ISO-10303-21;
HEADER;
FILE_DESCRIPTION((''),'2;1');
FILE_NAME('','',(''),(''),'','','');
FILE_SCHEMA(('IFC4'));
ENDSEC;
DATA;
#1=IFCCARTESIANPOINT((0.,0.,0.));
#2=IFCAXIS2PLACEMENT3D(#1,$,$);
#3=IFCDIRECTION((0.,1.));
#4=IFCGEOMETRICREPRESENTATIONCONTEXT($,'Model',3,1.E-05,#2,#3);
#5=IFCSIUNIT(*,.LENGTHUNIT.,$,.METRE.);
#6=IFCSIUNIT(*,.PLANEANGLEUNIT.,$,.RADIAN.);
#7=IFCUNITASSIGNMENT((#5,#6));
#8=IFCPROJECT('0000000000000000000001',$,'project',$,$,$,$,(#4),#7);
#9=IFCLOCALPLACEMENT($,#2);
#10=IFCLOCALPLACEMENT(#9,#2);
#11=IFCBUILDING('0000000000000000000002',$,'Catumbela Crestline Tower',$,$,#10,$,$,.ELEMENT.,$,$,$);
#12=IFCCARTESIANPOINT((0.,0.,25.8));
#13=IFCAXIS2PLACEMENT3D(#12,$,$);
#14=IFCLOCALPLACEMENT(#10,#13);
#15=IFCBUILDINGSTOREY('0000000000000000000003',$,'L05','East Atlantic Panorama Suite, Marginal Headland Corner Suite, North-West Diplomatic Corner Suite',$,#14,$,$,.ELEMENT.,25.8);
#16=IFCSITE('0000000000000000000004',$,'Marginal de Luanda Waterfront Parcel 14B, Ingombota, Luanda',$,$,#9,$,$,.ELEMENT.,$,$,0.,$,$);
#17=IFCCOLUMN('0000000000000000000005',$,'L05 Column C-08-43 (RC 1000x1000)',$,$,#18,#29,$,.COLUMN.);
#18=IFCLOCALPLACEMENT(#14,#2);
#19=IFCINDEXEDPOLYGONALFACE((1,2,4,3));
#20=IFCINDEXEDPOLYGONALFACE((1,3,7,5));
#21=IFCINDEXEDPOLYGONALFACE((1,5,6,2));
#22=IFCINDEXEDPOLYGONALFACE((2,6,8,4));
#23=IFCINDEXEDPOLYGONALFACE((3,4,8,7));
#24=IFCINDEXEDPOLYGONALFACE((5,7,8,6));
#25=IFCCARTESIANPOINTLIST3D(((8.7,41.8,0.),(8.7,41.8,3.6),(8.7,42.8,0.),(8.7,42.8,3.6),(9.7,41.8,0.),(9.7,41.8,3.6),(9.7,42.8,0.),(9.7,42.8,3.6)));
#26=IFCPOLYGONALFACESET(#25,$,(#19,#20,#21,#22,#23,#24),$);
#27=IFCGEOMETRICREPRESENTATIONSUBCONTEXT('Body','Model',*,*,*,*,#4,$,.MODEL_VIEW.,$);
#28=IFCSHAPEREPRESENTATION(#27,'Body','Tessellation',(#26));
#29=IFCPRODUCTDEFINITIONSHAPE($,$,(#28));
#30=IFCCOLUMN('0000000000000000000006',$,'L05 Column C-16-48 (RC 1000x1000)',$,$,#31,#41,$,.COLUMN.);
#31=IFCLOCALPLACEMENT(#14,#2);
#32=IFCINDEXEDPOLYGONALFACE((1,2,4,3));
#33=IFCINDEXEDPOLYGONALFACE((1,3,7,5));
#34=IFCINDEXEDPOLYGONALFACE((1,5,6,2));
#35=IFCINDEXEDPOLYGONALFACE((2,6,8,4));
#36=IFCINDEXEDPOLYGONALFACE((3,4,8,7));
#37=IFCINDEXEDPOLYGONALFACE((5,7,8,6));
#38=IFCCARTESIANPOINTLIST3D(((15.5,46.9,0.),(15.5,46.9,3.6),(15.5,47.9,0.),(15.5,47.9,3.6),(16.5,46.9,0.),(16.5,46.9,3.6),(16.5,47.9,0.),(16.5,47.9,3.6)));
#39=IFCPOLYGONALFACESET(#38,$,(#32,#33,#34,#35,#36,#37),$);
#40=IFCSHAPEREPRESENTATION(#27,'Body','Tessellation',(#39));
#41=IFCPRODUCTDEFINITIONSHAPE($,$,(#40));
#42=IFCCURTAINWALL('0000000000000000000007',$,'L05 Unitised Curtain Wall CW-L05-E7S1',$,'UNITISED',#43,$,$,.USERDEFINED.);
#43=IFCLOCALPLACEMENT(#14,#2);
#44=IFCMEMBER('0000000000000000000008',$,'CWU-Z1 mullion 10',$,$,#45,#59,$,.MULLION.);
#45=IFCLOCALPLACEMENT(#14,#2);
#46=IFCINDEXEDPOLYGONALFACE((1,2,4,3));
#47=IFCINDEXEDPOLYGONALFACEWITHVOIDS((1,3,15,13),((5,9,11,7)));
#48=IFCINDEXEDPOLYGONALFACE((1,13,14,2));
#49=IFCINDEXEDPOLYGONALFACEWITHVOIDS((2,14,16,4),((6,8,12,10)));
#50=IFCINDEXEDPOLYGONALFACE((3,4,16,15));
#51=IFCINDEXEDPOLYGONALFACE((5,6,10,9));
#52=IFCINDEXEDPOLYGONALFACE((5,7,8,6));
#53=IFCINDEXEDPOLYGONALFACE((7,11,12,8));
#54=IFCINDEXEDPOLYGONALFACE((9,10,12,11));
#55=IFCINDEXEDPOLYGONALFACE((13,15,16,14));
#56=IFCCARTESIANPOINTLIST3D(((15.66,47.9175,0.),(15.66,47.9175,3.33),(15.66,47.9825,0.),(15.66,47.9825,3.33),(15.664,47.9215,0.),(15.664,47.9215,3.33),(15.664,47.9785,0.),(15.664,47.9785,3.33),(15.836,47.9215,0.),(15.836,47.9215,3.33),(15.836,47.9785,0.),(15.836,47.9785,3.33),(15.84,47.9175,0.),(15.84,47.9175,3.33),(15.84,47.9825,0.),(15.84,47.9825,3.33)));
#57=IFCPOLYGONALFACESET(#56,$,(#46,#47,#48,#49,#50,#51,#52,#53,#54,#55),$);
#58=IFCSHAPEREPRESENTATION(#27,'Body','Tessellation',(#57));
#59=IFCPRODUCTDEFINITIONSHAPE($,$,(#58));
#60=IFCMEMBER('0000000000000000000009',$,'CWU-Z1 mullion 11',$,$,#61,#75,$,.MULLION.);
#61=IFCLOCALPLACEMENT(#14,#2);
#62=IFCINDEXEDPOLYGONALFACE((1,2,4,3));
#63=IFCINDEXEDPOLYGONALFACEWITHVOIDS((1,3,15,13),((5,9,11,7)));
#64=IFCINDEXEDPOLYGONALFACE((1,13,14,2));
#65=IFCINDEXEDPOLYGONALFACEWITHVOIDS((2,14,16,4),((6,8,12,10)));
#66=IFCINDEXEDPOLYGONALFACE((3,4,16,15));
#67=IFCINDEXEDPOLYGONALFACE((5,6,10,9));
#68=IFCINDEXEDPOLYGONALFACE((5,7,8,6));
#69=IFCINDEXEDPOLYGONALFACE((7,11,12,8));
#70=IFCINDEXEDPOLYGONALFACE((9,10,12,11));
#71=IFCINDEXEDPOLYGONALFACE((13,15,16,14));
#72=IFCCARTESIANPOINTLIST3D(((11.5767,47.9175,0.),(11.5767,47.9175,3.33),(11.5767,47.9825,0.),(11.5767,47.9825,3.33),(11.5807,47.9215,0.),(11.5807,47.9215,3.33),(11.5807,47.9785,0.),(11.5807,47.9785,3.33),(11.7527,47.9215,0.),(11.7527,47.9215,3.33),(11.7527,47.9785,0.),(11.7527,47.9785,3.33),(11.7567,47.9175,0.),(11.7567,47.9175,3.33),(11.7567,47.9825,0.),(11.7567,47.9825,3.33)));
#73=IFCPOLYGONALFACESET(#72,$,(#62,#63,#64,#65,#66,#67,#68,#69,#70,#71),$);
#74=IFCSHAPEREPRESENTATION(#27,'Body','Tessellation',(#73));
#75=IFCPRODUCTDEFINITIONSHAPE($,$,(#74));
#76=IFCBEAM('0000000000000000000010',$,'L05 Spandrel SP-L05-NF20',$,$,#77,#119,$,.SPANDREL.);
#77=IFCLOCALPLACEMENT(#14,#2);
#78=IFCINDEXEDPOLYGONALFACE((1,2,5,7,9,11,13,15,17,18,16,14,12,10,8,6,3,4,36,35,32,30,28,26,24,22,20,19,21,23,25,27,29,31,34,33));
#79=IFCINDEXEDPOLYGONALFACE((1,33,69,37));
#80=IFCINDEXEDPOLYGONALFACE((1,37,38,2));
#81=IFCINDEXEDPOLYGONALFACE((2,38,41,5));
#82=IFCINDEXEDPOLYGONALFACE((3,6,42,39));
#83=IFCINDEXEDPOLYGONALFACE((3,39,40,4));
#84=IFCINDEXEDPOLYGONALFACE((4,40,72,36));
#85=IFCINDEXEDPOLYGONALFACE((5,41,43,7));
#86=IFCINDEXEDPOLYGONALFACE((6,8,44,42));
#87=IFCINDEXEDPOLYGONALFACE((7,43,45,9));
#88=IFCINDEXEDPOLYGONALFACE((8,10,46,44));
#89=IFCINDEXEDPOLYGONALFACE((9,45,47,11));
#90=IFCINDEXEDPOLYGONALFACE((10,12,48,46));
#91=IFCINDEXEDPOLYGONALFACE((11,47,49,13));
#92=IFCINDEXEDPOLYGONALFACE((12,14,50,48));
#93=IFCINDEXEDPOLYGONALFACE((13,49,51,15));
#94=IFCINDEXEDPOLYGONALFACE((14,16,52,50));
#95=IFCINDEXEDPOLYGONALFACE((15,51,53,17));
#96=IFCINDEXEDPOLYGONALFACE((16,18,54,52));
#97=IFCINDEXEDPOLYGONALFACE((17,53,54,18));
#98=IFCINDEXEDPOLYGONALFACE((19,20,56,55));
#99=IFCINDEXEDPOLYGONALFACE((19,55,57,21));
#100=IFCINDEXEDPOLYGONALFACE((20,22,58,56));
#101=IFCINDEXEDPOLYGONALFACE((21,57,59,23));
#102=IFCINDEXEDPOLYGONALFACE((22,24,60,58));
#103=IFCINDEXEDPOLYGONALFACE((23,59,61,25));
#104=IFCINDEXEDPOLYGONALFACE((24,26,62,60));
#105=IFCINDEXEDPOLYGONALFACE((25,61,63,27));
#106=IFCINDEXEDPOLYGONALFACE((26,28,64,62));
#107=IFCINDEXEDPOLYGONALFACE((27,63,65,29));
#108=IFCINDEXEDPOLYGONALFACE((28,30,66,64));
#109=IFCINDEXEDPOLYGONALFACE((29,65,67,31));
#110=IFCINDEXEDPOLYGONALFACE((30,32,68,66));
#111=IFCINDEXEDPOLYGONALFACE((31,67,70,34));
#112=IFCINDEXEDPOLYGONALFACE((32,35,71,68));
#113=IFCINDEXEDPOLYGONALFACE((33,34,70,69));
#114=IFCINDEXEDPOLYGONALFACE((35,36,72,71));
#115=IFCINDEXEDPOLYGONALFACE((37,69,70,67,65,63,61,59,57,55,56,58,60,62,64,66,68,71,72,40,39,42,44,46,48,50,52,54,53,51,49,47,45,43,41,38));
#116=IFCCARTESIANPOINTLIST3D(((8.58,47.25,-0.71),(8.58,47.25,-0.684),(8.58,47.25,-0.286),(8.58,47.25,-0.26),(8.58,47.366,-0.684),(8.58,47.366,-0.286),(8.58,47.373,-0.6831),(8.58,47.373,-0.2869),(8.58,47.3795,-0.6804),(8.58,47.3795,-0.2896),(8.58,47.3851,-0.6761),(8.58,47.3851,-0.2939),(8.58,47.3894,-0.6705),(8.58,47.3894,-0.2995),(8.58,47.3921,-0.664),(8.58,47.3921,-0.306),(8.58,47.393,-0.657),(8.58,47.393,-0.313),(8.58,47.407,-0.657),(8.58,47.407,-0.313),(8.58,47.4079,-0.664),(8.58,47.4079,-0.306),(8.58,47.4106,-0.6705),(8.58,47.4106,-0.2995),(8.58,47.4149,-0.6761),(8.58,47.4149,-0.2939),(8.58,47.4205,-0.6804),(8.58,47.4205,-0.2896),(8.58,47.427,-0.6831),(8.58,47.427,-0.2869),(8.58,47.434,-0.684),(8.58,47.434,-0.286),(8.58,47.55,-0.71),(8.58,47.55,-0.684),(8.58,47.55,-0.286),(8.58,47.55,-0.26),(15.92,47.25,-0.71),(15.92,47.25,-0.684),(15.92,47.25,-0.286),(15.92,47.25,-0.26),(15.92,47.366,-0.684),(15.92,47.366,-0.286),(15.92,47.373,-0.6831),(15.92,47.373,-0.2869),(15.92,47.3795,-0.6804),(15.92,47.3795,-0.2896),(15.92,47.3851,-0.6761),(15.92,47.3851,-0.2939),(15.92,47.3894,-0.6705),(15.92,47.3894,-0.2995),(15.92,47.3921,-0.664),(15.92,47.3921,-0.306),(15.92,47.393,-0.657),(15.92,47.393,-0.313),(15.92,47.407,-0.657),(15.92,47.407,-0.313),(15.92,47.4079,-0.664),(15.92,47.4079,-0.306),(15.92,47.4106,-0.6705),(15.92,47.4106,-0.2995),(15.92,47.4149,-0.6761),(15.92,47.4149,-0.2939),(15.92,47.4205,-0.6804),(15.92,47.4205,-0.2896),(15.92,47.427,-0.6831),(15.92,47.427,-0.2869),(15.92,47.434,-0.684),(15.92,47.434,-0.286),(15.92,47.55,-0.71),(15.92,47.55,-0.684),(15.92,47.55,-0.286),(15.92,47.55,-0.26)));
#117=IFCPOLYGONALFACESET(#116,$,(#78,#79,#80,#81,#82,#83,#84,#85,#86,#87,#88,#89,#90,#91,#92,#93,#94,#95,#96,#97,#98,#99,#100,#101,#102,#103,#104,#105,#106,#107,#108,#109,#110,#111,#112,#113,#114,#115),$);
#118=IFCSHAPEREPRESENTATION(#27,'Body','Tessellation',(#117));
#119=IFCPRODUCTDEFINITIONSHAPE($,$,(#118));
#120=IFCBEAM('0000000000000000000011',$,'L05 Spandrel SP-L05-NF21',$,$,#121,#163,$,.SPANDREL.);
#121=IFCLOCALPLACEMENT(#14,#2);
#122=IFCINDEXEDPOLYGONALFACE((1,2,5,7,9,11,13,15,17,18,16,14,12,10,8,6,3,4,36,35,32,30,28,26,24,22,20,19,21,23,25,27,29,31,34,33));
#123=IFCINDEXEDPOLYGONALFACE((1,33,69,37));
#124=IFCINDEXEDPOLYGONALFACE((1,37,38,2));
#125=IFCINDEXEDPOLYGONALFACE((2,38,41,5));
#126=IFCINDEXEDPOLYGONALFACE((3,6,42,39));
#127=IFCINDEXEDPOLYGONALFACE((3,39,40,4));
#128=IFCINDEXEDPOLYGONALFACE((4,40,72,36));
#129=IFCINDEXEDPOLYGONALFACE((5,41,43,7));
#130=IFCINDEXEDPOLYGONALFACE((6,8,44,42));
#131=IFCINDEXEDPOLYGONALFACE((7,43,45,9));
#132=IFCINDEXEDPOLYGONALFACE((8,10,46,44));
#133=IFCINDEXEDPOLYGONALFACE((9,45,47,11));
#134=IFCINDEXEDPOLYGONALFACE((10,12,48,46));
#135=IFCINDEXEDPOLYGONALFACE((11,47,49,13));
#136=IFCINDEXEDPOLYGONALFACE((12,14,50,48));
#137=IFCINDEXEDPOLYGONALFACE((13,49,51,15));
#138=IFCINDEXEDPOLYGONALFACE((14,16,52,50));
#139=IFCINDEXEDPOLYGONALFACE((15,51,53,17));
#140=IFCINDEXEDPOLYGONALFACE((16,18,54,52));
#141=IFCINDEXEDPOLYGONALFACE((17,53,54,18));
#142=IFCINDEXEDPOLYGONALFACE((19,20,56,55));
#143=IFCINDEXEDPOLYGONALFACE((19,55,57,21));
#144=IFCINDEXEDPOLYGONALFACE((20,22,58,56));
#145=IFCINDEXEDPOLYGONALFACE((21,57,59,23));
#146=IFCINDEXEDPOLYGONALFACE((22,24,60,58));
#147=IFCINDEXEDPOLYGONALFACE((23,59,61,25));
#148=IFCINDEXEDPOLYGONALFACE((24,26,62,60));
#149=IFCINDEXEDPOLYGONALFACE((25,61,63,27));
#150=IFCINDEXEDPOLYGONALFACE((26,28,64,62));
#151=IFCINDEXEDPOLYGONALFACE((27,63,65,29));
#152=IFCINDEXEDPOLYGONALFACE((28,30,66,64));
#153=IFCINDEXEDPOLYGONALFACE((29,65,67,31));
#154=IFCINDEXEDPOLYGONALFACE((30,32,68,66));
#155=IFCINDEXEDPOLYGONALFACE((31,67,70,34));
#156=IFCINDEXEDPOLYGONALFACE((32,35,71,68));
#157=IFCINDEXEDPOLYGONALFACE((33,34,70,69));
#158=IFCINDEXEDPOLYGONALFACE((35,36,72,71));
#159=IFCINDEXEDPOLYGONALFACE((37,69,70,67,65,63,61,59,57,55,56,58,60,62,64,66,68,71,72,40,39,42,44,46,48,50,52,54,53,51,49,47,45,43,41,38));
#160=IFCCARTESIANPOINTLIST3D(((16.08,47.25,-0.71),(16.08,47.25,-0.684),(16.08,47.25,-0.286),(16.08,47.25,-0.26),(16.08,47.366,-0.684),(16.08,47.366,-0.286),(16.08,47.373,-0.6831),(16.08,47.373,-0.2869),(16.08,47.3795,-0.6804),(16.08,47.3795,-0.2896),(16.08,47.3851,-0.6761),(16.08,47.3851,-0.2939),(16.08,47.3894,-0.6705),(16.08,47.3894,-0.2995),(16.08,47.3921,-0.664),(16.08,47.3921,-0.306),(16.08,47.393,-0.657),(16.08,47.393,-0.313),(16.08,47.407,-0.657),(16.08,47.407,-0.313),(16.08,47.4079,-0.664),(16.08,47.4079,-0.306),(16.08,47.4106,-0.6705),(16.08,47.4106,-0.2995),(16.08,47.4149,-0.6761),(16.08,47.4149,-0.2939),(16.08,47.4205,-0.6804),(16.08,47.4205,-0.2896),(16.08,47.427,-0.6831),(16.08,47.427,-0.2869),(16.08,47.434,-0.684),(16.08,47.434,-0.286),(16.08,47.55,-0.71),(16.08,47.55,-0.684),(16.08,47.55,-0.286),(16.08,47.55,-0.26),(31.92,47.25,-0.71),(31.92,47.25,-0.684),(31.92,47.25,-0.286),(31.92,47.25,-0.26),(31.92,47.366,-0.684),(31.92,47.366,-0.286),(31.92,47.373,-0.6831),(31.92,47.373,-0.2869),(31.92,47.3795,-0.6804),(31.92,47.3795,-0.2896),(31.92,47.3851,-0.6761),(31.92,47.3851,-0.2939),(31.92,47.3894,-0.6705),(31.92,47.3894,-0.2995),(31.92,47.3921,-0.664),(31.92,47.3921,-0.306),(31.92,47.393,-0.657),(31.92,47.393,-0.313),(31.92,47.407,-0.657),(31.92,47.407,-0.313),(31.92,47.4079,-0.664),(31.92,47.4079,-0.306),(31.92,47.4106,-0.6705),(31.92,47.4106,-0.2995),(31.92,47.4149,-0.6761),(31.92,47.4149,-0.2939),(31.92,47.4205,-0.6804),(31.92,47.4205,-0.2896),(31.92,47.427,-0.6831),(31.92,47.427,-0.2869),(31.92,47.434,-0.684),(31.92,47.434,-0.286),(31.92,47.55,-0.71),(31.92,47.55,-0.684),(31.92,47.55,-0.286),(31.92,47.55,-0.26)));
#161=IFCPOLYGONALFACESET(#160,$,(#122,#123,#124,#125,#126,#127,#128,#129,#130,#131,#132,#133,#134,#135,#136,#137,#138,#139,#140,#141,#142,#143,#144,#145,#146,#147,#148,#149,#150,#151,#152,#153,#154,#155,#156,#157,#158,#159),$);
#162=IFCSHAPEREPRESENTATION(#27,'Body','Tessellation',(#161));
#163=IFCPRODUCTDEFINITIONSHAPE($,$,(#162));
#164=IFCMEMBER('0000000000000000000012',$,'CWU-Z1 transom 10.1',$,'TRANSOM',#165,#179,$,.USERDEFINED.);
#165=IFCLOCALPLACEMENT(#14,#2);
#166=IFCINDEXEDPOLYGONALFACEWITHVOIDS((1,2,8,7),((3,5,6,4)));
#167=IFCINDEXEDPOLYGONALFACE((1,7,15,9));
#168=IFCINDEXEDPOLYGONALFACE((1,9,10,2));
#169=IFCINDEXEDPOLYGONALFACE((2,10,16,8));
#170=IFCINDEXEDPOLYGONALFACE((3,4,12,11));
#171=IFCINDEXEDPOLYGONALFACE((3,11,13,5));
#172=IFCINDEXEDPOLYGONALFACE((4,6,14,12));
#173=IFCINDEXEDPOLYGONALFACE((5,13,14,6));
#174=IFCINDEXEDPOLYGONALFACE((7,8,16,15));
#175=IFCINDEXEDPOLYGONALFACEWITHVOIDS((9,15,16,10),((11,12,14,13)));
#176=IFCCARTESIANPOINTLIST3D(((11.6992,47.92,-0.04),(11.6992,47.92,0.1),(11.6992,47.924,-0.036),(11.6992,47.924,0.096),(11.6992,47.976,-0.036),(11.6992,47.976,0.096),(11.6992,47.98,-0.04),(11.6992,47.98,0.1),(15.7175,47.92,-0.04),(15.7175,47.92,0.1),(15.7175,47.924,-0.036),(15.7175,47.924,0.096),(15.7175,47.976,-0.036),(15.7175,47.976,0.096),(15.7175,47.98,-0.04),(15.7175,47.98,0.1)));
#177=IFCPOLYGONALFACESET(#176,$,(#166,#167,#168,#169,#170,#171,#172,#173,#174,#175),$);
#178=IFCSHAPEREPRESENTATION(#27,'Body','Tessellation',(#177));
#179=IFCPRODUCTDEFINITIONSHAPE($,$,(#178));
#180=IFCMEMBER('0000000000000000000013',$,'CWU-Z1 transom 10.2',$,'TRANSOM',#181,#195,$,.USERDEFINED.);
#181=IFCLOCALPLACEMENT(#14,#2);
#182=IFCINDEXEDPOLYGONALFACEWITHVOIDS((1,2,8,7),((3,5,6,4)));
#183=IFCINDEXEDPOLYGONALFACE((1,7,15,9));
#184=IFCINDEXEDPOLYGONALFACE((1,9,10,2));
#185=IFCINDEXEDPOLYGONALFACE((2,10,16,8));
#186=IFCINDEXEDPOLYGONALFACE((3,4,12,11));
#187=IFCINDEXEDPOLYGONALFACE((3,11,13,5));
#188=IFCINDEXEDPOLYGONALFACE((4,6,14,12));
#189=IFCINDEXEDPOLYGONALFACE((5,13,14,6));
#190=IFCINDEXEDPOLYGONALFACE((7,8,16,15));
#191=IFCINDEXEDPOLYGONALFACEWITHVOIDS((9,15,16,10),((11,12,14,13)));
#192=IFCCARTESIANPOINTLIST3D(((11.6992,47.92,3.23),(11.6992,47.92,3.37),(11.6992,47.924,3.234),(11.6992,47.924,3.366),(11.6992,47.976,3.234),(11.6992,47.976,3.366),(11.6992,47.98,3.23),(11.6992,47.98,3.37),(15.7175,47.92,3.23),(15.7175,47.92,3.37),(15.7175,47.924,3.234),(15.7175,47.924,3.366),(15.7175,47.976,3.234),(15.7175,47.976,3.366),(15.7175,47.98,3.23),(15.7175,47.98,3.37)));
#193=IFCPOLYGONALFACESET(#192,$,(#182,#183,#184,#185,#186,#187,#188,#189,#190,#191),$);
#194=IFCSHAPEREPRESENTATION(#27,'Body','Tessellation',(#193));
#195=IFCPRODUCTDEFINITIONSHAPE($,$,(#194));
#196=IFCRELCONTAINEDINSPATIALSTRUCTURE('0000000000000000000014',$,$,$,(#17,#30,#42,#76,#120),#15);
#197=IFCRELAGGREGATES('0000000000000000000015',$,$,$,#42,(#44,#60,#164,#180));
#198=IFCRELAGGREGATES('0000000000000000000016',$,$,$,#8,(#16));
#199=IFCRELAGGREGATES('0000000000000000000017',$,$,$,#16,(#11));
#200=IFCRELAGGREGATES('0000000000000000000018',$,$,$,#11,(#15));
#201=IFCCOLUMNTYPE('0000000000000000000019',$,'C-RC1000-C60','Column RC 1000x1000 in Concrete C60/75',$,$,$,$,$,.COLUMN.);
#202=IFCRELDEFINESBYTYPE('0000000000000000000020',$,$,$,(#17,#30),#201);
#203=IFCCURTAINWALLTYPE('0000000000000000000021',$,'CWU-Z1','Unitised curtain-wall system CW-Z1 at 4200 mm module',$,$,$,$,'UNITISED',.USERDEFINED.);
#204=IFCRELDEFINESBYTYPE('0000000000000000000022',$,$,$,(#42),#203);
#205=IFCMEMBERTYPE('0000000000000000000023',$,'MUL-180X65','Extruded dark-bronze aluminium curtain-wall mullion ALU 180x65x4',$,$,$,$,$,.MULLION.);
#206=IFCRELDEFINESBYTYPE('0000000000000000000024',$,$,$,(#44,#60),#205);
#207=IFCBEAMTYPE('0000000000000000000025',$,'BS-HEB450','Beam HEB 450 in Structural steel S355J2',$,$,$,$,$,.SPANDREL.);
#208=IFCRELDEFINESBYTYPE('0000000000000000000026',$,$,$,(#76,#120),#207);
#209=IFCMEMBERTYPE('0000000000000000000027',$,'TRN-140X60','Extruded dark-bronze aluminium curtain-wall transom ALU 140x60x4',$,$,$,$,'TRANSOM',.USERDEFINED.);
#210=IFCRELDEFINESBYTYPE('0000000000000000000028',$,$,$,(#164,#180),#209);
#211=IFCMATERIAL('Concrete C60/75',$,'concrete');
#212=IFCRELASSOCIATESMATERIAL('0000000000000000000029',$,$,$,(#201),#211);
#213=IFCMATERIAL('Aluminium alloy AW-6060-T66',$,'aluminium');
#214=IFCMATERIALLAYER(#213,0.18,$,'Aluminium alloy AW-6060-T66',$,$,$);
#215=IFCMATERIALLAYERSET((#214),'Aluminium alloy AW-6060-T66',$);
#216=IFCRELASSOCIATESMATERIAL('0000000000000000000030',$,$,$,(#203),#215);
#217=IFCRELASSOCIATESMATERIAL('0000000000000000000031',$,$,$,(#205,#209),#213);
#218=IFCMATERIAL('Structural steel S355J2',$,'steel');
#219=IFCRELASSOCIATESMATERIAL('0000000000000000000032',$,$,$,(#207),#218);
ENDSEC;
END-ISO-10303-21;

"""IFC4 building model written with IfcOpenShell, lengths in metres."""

from ifc_helpers import new_model, si_unit, direction, frame, origin, origin_2d, place, context, subcontext, project, spatial, rectangle, hollow_rectangle, i_section, extrude, material, layer, layer_set, material_profile, profile_set, type_object, element, aggregate, save


model = new_model("IFC4")

# Units and contexts
model_context = context("Model", 3, precision=1e-05, world=origin(), true_north=direction((0.0, 1.0)))
body_context = subcontext(model_context, "Body", "Model", "MODEL_VIEW")
ifc_project = project(units=[si_unit("LENGTHUNIT", "METRE"), si_unit("PLANEANGLEUNIT", "RADIAN")], contexts=[model_context])

# Site, building, storey
site_placement = place(None, origin())
site = spatial("IfcSite", under=ifc_project, at=site_placement, Name="Marginal de Luanda Waterfront Parcel 14B, Ingombota, Luanda", CompositionType="ELEMENT", RefElevation=0.0)
building_placement = place(site_placement, origin())
building = spatial("IfcBuilding", under=site, at=building_placement, Name="Catumbela Crestline Tower", CompositionType="ELEMENT")
storey_placement = place(building_placement, frame((0.0, 0.0, 25.8)))
storey = spatial("IfcBuildingStorey", under=building, at=storey_placement, Name="L05", Description="East Atlantic Panorama Suite, Marginal Headland Corner Suite, North-West Diplomatic Corner Suite", CompositionType="ELEMENT", Elevation=25.8)

# Columns
ifc_material_1 = material(Name="Concrete C60/75", Category="concrete")
ifc_material_profile_1 = material_profile(ifc_material_1, rectangle(XDim=1.0, YDim=1.0, at=origin_2d()), Name="RC 1000x1000")
ifc_profile_set_1 = profile_set([ifc_material_profile_1], Name="Concrete C60/75")
column_type = type_object("IfcColumnType", Name="C-RC1000-C60", Description="Column RC 1000x1000 in Concrete C60/75", PredefinedType="COLUMN", material=ifc_profile_set_1)
for number, where, z_axis, x_axis, name in (
    (1, (9.2, 42.3, 0.0), (0.0, 0.0, 1.0), (1.0, 0.0, 0.0), "L05 Column C-08-43 (RC 1000x1000)"),
    (2, (16.0, 47.4, 0.0), (0.0, 0.0, 1.0), (1.0, 0.0, 0.0), "L05 Column C-16-48 (RC 1000x1000)"),
):
    element("IfcColumn", number, at=place(storey_placement, frame(where, z_axis=z_axis, x_axis=x_axis)), inside=storey, type_object=column_type, Name=name, PredefinedType="COLUMN", context=body_context, shape_type="SweptSolid", body=[
        extrude(rectangle(XDim=1.0, YDim=1.0, at=origin_2d()), origin(), (0.0, 0.0, 1.0), 3.6),
    ])

# Curtain wall, members
ifc_material_2 = material(Name="Aluminium alloy AW-6060-T66", Category="aluminium")
ifc_layer_1 = layer(ifc_material_2, 0.18, Name="Aluminium alloy AW-6060-T66")
ifc_layer_set_1 = layer_set([ifc_layer_1], Name="Aluminium alloy AW-6060-T66")
curtain_wall_type = type_object("IfcCurtainWallType", Name="CWU-Z1", Description="Unitised curtain-wall system CW-Z1 at 4200 mm module", ElementType="UNITISED", PredefinedType="USERDEFINED", material=ifc_layer_set_1)
curtain_wall_placement = place(storey_placement, origin())
curtain_wall = element("IfcCurtainWall", 3, at=curtain_wall_placement, inside=storey, type_object=curtain_wall_type, Name="L05 Unitised Curtain Wall CW-L05-E7S1", ObjectType="UNITISED", PredefinedType="USERDEFINED")
ifc_material_profile_2 = material_profile(ifc_material_2, hollow_rectangle(XDim=0.065, YDim=0.18, WallThickness=0.004, at=origin_2d()), Name="ALU 180x65x4")
ifc_profile_set_2 = profile_set([ifc_material_profile_2], Name="Aluminium alloy AW-6060-T66")
member_type_1 = type_object("IfcMemberType", Name="MUL-180X65", Description="Extruded dark-bronze aluminium curtain-wall mullion ALU 180x65x4", PredefinedType="MULLION", material=ifc_profile_set_2)
member_1_placement = place(storey_placement, frame((15.75, 47.95, 0.0), z_axis=(0.0, 0.0, 1.0), x_axis=(0.0, -1.0, 0.0)))
member_1 = element("IfcMember", 4, at=member_1_placement, type_object=member_type_1, Name="CWU-Z1 mullion 10", PredefinedType="MULLION", context=body_context, shape_type="SweptSolid", body=[
    extrude(hollow_rectangle(XDim=0.065, YDim=0.18, WallThickness=0.004, at=origin_2d()), origin(), (0.0, 0.0, 1.0), 3.33),
])
member_2_placement = place(storey_placement, frame((11.6667, 47.95, 0.0), z_axis=(0.0, 0.0, 1.0), x_axis=(0.0, -1.0, 0.0)))
member_2 = element("IfcMember", 5, at=member_2_placement, type_object=member_type_1, Name="CWU-Z1 mullion 11", PredefinedType="MULLION", context=body_context, shape_type="SweptSolid", body=[
    extrude(hollow_rectangle(XDim=0.065, YDim=0.18, WallThickness=0.004, at=origin_2d()), origin(), (0.0, 0.0, 1.0), 3.33),
])

# Beams
ifc_material_3 = material(Name="Structural steel S355J2", Category="steel")
ifc_material_profile_3 = material_profile(ifc_material_3, i_section(OverallWidth=0.3, OverallDepth=0.45, WebThickness=0.014, FlangeThickness=0.026, FilletRadius=0.027, at=origin_2d()), Name="HEB 450")
ifc_profile_set_3 = profile_set([ifc_material_profile_3], Name="Structural steel S355J2")
beam_type = type_object("IfcBeamType", Name="BS-HEB450", Description="Beam HEB 450 in Structural steel S355J2", PredefinedType="SPANDREL", material=ifc_profile_set_3)
beam_1_placement = place(storey_placement, frame((8.58, 47.4, -0.485), z_axis=(1.0, 0.0, 0.0), x_axis=(0.0, 1.0, 0.0)))
element("IfcBeam", 6, at=beam_1_placement, inside=storey, type_object=beam_type, Name="L05 Spandrel SP-L05-NF20", PredefinedType="SPANDREL", context=body_context, shape_type="SweptSolid", body=[
    extrude(i_section(OverallWidth=0.3, OverallDepth=0.45, WebThickness=0.014, FlangeThickness=0.026, FilletRadius=0.027, at=origin_2d()), origin(), (0.0, 0.0, 1.0), 7.34),
])
beam_2_placement = place(storey_placement, frame((16.08, 47.4, -0.485), z_axis=(1.0, 0.0, 0.0), x_axis=(0.0, 1.0, 0.0)))
element("IfcBeam", 7, at=beam_2_placement, inside=storey, type_object=beam_type, Name="L05 Spandrel SP-L05-NF21", PredefinedType="SPANDREL", context=body_context, shape_type="SweptSolid", body=[
    extrude(i_section(OverallWidth=0.3, OverallDepth=0.45, WebThickness=0.014, FlangeThickness=0.026, FilletRadius=0.027, at=origin_2d()), origin(), (0.0, 0.0, 1.0), 15.84),
])

# Members
ifc_material_profile_4 = material_profile(ifc_material_2, hollow_rectangle(XDim=0.06, YDim=0.14, WallThickness=0.004, at=origin_2d()), Name="ALU 140x60x4")
ifc_profile_set_4 = profile_set([ifc_material_profile_4], Name="Aluminium alloy AW-6060-T66")
member_type_2 = type_object("IfcMemberType", Name="TRN-140X60", Description="Extruded dark-bronze aluminium curtain-wall transom ALU 140x60x4", ElementType="TRANSOM", PredefinedType="USERDEFINED", material=ifc_profile_set_4)
member_3_placement = place(storey_placement, frame((15.7175, 47.95, 0.03), z_axis=(-1.0, 0.0, 0.0), x_axis=(0.0, -1.0, 0.0)))
member_3 = element("IfcMember", 8, at=member_3_placement, type_object=member_type_2, Name="CWU-Z1 transom 10.1", ObjectType="TRANSOM", PredefinedType="USERDEFINED", context=body_context, shape_type="SweptSolid", body=[
    extrude(hollow_rectangle(XDim=0.06, YDim=0.14, WallThickness=0.004, at=origin_2d()), origin(), (0.0, 0.0, 1.0), 4.0183),
])
member_4_placement = place(storey_placement, frame((15.7175, 47.95, 3.3), z_axis=(-1.0, 0.0, 0.0), x_axis=(0.0, -1.0, 0.0)))
member_4 = element("IfcMember", 9, at=member_4_placement, type_object=member_type_2, Name="CWU-Z1 transom 10.2", ObjectType="TRANSOM", PredefinedType="USERDEFINED", context=body_context, shape_type="SweptSolid", body=[
    extrude(hollow_rectangle(XDim=0.06, YDim=0.14, WallThickness=0.004, at=origin_2d()), origin(), (0.0, 0.0, 1.0), 4.0183),
])

aggregate(curtain_wall, [member_1, member_2, member_3, member_4])

save(model, "model.ifc")
